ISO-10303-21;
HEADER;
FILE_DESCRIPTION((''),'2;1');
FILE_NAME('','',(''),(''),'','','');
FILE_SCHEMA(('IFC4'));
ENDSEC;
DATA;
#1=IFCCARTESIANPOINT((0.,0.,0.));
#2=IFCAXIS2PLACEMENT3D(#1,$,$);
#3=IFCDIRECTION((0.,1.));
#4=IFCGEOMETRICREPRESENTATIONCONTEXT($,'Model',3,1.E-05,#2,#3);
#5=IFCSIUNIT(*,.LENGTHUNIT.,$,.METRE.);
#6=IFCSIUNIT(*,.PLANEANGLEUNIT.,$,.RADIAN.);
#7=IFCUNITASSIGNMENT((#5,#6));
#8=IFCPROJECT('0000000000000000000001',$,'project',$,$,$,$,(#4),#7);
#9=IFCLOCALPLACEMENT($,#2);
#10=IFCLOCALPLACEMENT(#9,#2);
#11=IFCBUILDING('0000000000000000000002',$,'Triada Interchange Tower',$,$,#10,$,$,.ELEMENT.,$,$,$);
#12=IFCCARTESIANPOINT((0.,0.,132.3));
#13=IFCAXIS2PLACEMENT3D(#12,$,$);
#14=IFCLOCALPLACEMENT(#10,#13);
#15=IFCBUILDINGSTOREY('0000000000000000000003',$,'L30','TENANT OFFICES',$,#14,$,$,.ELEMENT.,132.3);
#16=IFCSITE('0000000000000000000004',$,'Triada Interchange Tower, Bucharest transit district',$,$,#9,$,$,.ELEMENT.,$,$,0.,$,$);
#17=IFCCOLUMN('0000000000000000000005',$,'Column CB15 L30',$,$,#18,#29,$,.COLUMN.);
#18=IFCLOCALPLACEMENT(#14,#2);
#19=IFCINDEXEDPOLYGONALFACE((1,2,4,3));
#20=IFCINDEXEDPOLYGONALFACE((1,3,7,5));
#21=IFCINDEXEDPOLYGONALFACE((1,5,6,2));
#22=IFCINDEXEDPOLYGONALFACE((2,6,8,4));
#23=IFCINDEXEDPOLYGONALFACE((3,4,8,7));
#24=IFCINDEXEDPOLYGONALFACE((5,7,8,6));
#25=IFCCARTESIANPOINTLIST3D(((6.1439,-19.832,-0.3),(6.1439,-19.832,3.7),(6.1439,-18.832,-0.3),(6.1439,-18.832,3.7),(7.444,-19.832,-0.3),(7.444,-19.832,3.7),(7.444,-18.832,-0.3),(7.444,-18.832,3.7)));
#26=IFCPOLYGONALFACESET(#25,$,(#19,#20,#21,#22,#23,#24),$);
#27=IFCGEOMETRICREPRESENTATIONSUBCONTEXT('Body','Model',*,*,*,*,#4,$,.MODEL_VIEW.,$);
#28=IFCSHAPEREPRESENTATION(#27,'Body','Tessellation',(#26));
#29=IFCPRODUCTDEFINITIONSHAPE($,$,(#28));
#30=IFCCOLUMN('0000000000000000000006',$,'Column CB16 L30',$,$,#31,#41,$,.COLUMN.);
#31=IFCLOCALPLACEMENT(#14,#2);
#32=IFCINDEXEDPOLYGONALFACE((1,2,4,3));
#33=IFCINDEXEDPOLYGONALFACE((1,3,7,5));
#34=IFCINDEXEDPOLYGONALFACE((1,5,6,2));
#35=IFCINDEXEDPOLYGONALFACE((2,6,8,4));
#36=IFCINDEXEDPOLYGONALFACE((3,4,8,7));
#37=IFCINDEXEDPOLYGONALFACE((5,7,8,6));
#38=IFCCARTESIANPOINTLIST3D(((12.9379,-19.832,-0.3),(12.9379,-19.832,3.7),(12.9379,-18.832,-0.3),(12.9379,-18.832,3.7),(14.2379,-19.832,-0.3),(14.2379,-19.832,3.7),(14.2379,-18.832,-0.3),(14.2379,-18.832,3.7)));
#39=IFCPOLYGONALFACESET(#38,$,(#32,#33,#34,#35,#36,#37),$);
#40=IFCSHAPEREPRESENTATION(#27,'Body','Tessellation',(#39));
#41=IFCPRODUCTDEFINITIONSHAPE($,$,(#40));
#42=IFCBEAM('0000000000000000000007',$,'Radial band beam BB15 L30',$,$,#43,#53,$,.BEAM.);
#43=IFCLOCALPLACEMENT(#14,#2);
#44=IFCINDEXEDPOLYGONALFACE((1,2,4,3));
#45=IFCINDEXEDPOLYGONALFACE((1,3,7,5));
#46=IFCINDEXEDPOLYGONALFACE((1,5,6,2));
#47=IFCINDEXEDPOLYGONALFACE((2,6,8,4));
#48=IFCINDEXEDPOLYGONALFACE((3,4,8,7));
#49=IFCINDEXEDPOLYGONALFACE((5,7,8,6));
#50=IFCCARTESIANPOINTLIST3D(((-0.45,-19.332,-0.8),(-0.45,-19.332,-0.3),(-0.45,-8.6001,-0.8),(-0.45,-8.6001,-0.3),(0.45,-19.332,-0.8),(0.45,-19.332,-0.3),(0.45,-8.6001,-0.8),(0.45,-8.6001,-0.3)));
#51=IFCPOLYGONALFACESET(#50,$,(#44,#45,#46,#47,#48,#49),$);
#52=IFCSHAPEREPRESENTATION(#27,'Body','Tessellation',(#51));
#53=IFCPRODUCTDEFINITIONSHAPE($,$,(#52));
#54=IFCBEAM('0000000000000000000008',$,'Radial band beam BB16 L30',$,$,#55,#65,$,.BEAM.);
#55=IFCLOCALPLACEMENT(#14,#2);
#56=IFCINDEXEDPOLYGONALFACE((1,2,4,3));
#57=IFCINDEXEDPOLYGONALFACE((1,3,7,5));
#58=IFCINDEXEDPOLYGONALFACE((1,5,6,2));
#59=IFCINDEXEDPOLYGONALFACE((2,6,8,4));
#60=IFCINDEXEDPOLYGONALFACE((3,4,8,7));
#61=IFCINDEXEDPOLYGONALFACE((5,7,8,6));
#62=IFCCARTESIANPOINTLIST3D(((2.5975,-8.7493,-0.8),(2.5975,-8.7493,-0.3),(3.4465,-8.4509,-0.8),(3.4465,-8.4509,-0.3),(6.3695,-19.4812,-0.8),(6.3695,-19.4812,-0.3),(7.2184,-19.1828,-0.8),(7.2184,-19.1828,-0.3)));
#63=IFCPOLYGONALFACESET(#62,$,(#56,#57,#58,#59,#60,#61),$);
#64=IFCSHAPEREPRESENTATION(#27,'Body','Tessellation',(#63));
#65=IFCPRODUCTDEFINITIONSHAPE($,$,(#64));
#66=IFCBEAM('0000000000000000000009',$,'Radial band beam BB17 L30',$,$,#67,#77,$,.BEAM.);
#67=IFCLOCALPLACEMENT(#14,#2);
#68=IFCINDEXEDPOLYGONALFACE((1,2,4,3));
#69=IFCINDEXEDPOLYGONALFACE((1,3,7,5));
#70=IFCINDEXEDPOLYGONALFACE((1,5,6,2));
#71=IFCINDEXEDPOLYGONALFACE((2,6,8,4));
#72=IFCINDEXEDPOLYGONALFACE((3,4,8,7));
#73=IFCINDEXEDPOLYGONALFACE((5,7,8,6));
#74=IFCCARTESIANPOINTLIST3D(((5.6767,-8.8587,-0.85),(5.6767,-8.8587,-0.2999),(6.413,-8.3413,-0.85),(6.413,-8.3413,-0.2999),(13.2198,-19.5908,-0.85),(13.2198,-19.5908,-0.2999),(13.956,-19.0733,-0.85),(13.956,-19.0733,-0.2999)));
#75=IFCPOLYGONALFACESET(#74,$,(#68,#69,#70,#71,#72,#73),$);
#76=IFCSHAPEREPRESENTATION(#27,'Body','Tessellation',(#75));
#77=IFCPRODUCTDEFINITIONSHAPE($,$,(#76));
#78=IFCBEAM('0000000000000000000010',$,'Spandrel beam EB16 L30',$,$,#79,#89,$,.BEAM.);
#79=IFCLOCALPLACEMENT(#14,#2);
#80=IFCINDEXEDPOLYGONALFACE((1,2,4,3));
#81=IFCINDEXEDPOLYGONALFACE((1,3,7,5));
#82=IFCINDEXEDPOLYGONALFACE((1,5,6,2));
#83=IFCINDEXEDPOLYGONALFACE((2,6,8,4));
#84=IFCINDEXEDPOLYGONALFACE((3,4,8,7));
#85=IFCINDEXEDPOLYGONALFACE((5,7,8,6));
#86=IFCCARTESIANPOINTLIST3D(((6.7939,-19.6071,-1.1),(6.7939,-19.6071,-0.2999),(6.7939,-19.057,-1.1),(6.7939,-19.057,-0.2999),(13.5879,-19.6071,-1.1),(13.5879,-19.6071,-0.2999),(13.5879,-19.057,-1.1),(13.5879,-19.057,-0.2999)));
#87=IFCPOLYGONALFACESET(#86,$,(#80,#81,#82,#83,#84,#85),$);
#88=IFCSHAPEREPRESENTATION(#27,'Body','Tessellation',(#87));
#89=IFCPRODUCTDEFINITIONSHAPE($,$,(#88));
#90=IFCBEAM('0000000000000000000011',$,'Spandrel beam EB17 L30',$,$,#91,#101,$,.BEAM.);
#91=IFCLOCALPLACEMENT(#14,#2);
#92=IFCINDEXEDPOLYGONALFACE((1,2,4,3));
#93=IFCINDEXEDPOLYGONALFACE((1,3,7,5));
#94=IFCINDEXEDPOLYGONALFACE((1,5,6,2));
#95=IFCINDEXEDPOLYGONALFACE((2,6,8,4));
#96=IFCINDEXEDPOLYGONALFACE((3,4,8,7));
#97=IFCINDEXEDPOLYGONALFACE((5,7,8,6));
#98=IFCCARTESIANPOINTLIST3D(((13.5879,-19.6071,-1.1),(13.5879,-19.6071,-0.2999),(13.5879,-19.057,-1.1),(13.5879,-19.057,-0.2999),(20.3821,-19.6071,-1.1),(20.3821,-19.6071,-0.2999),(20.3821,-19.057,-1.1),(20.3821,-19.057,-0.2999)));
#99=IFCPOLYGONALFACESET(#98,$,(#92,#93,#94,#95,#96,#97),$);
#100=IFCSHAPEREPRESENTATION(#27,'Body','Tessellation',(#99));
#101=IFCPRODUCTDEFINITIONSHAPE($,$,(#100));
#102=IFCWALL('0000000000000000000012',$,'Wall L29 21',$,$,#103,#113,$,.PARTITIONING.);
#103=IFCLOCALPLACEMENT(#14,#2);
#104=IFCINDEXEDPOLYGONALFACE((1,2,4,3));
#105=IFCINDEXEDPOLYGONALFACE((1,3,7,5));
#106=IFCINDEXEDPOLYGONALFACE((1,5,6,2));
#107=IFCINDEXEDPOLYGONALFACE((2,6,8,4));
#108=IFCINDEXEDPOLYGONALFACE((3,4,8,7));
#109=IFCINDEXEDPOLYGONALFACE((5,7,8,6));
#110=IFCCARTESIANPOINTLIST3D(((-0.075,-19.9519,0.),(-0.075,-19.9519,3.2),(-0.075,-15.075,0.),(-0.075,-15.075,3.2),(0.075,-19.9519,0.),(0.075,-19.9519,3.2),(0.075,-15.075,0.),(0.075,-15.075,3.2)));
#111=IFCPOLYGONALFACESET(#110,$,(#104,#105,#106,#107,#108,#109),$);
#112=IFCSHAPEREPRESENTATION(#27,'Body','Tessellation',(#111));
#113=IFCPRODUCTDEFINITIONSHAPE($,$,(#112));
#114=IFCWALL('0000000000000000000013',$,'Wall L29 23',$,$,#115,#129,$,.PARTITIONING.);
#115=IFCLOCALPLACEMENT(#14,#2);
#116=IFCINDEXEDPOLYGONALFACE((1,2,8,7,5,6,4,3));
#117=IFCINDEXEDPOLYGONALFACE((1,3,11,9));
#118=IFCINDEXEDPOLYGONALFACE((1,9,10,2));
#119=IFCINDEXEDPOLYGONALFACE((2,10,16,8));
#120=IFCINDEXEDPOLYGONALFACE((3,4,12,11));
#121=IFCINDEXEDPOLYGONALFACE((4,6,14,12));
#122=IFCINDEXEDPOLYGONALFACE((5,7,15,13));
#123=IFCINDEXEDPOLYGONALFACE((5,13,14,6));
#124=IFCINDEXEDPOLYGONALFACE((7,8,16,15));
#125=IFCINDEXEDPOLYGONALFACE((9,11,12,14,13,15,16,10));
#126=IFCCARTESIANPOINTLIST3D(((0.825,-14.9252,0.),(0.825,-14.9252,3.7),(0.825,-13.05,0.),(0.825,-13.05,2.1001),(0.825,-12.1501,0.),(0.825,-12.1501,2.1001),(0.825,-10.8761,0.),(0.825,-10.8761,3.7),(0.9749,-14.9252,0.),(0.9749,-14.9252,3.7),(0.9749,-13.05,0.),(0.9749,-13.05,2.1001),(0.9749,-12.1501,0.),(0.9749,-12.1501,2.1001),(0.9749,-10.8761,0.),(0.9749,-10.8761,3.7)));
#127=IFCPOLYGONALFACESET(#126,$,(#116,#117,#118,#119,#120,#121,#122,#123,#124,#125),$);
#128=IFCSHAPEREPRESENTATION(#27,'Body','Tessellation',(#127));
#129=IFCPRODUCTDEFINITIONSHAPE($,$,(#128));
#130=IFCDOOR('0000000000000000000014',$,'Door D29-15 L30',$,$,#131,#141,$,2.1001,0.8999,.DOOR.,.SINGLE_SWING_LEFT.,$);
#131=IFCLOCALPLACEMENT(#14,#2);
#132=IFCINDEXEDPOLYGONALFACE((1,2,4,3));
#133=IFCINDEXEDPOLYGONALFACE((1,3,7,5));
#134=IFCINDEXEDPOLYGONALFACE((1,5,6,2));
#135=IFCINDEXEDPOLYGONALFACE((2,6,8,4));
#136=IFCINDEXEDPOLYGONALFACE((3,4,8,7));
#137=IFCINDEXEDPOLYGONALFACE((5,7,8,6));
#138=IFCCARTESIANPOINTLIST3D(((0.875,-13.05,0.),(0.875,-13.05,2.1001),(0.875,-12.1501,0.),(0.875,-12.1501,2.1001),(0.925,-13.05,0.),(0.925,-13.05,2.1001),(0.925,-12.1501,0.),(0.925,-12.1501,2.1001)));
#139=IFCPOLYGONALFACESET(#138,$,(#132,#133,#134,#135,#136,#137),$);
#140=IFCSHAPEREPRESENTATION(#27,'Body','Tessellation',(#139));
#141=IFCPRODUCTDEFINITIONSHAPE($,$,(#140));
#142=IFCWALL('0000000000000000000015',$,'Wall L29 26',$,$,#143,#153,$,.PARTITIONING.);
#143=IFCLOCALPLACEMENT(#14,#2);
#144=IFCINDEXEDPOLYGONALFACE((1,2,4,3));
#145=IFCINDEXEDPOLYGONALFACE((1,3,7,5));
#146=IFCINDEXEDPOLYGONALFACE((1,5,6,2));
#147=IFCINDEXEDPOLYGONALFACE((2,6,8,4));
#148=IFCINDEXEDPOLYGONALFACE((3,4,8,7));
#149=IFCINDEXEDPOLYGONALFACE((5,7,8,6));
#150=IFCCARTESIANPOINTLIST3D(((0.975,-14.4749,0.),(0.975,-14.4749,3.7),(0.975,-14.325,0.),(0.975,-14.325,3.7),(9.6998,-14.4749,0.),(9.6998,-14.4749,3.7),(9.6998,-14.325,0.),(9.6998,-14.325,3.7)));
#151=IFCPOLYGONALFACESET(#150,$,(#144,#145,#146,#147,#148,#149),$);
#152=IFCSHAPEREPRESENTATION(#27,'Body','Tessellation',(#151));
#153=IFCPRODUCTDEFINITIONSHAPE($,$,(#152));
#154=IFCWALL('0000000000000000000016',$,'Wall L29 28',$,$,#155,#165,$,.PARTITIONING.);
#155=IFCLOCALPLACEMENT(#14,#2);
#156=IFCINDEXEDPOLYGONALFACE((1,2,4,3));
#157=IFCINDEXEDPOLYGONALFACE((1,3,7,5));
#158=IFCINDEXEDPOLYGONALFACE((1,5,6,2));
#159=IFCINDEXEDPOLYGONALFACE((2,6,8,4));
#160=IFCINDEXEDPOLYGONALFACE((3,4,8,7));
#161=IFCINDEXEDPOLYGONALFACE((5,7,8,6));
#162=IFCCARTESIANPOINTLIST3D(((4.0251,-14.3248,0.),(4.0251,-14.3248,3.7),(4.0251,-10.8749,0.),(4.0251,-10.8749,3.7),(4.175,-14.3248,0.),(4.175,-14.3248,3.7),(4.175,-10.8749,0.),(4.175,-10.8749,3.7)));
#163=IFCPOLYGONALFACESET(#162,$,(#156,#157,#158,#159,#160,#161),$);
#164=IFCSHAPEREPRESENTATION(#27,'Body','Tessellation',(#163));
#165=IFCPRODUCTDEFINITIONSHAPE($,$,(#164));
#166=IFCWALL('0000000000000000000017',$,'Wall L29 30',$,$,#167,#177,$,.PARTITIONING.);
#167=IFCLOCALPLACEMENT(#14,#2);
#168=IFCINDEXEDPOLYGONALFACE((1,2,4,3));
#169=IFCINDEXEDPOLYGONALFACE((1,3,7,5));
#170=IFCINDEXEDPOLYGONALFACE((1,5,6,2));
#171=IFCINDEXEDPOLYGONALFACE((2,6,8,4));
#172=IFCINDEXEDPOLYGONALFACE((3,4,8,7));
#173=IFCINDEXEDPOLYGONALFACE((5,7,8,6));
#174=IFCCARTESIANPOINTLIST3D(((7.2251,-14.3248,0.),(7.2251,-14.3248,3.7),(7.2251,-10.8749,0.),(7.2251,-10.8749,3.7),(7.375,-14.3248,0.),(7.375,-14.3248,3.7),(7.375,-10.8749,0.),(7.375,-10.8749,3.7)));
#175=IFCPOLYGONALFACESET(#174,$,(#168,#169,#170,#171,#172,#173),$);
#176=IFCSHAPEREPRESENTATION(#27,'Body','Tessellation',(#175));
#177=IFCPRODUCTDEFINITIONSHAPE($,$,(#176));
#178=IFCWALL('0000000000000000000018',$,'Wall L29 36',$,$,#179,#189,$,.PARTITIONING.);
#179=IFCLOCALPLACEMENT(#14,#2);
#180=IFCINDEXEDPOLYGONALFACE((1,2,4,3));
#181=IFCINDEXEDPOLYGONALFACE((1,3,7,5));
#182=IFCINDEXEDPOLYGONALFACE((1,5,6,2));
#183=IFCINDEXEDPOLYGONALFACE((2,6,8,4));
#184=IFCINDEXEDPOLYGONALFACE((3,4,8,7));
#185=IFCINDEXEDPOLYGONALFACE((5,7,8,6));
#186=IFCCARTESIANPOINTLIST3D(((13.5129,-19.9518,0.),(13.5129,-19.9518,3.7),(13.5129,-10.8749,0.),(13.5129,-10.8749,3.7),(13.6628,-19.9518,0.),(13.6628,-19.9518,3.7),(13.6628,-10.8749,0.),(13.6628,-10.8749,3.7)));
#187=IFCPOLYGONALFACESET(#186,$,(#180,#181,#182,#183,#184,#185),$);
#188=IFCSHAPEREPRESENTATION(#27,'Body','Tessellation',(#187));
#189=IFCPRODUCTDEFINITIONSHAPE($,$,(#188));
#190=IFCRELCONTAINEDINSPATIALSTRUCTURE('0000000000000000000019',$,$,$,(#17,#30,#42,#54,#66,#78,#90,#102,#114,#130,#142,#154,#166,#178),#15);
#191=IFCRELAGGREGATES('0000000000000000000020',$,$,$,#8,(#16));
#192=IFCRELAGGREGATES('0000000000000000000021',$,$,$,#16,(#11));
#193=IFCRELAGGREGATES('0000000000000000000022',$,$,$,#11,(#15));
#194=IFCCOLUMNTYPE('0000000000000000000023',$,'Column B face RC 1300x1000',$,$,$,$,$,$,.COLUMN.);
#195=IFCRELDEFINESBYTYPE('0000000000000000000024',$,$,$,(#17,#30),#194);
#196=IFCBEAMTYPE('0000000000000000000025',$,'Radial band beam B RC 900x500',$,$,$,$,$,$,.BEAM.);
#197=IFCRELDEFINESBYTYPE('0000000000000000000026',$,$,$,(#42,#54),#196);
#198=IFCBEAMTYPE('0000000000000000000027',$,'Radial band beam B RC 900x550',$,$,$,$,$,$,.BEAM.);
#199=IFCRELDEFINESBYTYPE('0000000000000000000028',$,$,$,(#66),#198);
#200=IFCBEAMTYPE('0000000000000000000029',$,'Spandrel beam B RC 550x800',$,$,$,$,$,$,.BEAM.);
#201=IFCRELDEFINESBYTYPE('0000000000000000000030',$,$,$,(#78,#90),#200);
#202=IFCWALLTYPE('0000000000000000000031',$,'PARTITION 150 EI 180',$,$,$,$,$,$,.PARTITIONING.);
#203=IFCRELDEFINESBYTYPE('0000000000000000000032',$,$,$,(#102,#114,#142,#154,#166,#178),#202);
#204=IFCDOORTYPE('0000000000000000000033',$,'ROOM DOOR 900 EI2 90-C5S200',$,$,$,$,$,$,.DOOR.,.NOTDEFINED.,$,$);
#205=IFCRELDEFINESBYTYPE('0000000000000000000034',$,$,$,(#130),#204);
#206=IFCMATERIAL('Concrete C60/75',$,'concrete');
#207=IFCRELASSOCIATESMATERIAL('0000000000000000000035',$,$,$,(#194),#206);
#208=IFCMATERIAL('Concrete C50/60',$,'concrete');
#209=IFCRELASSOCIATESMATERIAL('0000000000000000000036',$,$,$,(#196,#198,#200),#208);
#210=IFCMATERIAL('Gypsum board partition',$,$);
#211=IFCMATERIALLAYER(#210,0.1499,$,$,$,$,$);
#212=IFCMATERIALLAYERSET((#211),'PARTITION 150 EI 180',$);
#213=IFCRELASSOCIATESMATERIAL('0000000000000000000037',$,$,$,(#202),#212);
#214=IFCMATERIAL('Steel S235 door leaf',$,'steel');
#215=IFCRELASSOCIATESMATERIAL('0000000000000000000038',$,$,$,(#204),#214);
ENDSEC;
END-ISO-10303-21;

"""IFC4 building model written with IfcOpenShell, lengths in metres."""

from ifc_helpers import new_model, si_unit, direction, frame, frame_2d, origin, origin_2d, place, context, subcontext, project, spatial, rectangle, extrude, material, layer, layer_set, material_profile, profile_set, type_object, element, fill, save


model = new_model("IFC4")

# Units and contexts
model_context = context("Model", 3, precision=1e-05, world=origin(), true_north=direction((0.0, 1.0)))
body_context = subcontext(model_context, "Body", "Model", "MODEL_VIEW")
ifc_project = project(units=[si_unit("LENGTHUNIT", "METRE"), si_unit("PLANEANGLEUNIT", "RADIAN")], contexts=[model_context])

# Site, building, storey
site_placement = place(None, origin())
site = spatial("IfcSite", under=ifc_project, at=site_placement, Name="Triada Interchange Tower, Bucharest transit district", CompositionType="ELEMENT", RefElevation=0.0)
building_placement = place(site_placement, origin())
building = spatial("IfcBuilding", under=site, at=building_placement, Name="Triada Interchange Tower", CompositionType="ELEMENT")
storey_placement = place(building_placement, frame((0.0, 0.0, 132.3)))
storey = spatial("IfcBuildingStorey", under=building, at=storey_placement, Name="L30", Description="TENANT OFFICES", CompositionType="ELEMENT", Elevation=132.3)

# Columns
ifc_material_1 = material(Name="Concrete C60/75", Category="concrete")
ifc_material_profile_1 = material_profile(ifc_material_1, rectangle(XDim=1.3, YDim=1.0, at=origin_2d()), Name="RC 1300x1000")
ifc_profile_set_1 = profile_set([ifc_material_profile_1], Name="Concrete C60/75")
column_type = type_object("IfcColumnType", Name="Column B face RC 1300x1000", PredefinedType="COLUMN", material=ifc_profile_set_1)
for number, where, z_axis, x_axis, name in (
    (1, (6.7939, -19.332, -0.3), (0.0, 0.0, 1.0), (1.0, 0.0, 0.0), "Column CB15 L30"),
    (2, (13.5879, -19.332, -0.3), (0.0, 0.0, 1.0), (1.0, 0.0, 0.0), "Column CB16 L30"),
):
    element("IfcColumn", number, at=place(storey_placement, frame(where, z_axis=z_axis, x_axis=x_axis)), inside=storey, type_object=column_type, Name=name, PredefinedType="COLUMN", context=body_context, shape_type="SweptSolid", body=[
        extrude(rectangle(XDim=1.3, YDim=1.0, at=origin_2d()), origin(), (0.0, 0.0, 1.0), 4.0),
    ])

# Beams
ifc_material_2 = material(Name="Concrete C50/60", Category="concrete")
ifc_material_profile_2 = material_profile(ifc_material_2, rectangle(XDim=0.8999, YDim=0.5, at=origin_2d()), Name="RC 900x500")
ifc_profile_set_2 = profile_set([ifc_material_profile_2], Name="Concrete C50/60")
beam_type_1 = type_object("IfcBeamType", Name="Radial band beam B RC 900x500", PredefinedType="BEAM", material=ifc_profile_set_2)
beam_1_placement = place(storey_placement, frame((0.0, -19.332, -0.55), z_axis=(0.0, 1.0, 0.0), x_axis=(-1.0, 0.0, 0.0)))
element("IfcBeam", 3, at=beam_1_placement, inside=storey, type_object=beam_type_1, Name="Radial band beam BB15 L30", PredefinedType="BEAM", context=body_context, shape_type="SweptSolid", body=[
    extrude(rectangle(XDim=0.8999, YDim=0.5, at=origin_2d()), origin(), (0.0, 0.0, 1.0), 10.7319),
])
beam_2_placement = place(storey_placement, frame((6.7939, -19.332, -0.55), z_axis=(-0.331587, 0.943425, 0.0), x_axis=(-0.943425, -0.331587, 0.0)))
element("IfcBeam", 4, at=beam_2_placement, inside=storey, type_object=beam_type_1, Name="Radial band beam BB16 L30", PredefinedType="BEAM", context=body_context, shape_type="SweptSolid", body=[
    extrude(rectangle(XDim=0.8999, YDim=0.5, at=origin_2d()), origin(), (0.0, 0.0, 1.0), 11.3755),
])
ifc_material_profile_3 = material_profile(ifc_material_2, rectangle(XDim=0.8999, YDim=0.55, at=origin_2d()), Name="RC 900x550")
ifc_profile_set_3 = profile_set([ifc_material_profile_3], Name="Concrete C50/60")
beam_type_2 = type_object("IfcBeamType", Name="Radial band beam B RC 900x550", PredefinedType="BEAM", material=ifc_profile_set_3)
beam_3_placement = place(storey_placement, frame((13.5879, -19.332, -0.575), z_axis=(-0.575028, 0.818134, 0.0), x_axis=(-0.818134, -0.575028, 0.0)))
element("IfcBeam", 5, at=beam_3_placement, inside=storey, type_object=beam_type_2, Name="Radial band beam BB17 L30", PredefinedType="BEAM", context=body_context, shape_type="SweptSolid", body=[
    extrude(rectangle(XDim=0.8999, YDim=0.55, at=origin_2d()), origin(), (0.0, 0.0, 1.0), 13.1177),
])
ifc_material_profile_4 = material_profile(ifc_material_2, rectangle(XDim=0.55, YDim=0.8, at=origin_2d()), Name="RC 550x800")
ifc_profile_set_4 = profile_set([ifc_material_profile_4], Name="Concrete C50/60")
beam_type_3 = type_object("IfcBeamType", Name="Spandrel beam B RC 550x800", PredefinedType="BEAM", material=ifc_profile_set_4)
beam_4_placement = place(storey_placement, frame((6.7939, -19.332, -0.7), z_axis=(1.0, 0.0, 0.0), x_axis=(0.0, 1.0, 0.0)))
element("IfcBeam", 6, at=beam_4_placement, inside=storey, type_object=beam_type_3, Name="Spandrel beam EB16 L30", PredefinedType="BEAM", context=body_context, shape_type="SweptSolid", body=[
    extrude(rectangle(XDim=0.55, YDim=0.8, at=origin_2d()), origin(), (0.0, 0.0, 1.0), 6.7939),
])
beam_5_placement = place(storey_placement, frame((13.5879, -19.332, -0.7), z_axis=(1.0, 0.0, 0.0), x_axis=(0.0, 1.0, 0.0)))
element("IfcBeam", 7, at=beam_5_placement, inside=storey, type_object=beam_type_3, Name="Spandrel beam EB17 L30", PredefinedType="BEAM", context=body_context, shape_type="SweptSolid", body=[
    extrude(rectangle(XDim=0.55, YDim=0.8, at=origin_2d()), origin(), (0.0, 0.0, 1.0), 6.7942),
])

# Wall
ifc_material_3 = material(Name="Gypsum board partition")
ifc_layer_1 = layer(ifc_material_3, 0.1499)
ifc_layer_set_1 = layer_set([ifc_layer_1], Name="PARTITION 150 EI 180")
wall_type = type_object("IfcWallType", Name="PARTITION 150 EI 180", PredefinedType="PARTITIONING", material=ifc_layer_set_1)
wall_1_placement = place(storey_placement, frame((0.0, -19.9519, 0.0), z_axis=(0.0, 0.0, 1.0), x_axis=(0.0, 1.0, 0.0)))
element("IfcWall", 8, at=wall_1_placement, inside=storey, type_object=wall_type, Name="Wall L29 21", PredefinedType="PARTITIONING", context=body_context, shape_type="SweptSolid", body=[
    extrude(rectangle(XDim=4.877, YDim=0.1499, at=frame_2d((2.4385, 0.0))), origin(), (0.0, 0.0, 1.0), 3.2),
])

# Wall, opening, door
wall_2_placement = place(storey_placement, frame((0.8999, -14.925, 0.0), z_axis=(0.0, 0.0, 1.0), x_axis=(0.0, 1.0, 0.0)))
wall_2 = element("IfcWall", 9, at=wall_2_placement, inside=storey, type_object=wall_type, Name="Wall L29 23", PredefinedType="PARTITIONING", context=body_context, shape_type="SweptSolid", body=[
    extrude(rectangle(XDim=4.0491, YDim=0.1499, at=frame_2d((2.0244, 0.0))), origin(), (0.0, 0.0, 1.0), 3.7),
])
opening_placement = place(wall_2_placement, frame((1.875, 0.0, 0.0)))
opening = element("IfcOpeningElement", 10, at=opening_placement, cuts=wall_2, PredefinedType="OPENING", context=body_context, shape_type="SweptSolid", body=[
    extrude(rectangle(XDim=0.8999, YDim=2.1001, at=frame_2d((0.45, 1.05))), frame((0.0, 0.085, 0.0), z_axis=(0.0, -1.0, 0.0), x_axis=(1.0, 0.0, 0.0)), (0.0, 0.0, 1.0), 0.1699),
])
ifc_material_4 = material(Name="Steel S235 door leaf", Category="steel")
door_type = type_object("IfcDoorType", Name="ROOM DOOR 900 EI2 90-C5S200", OperationType="NOTDEFINED", PredefinedType="DOOR", material=ifc_material_4)
door_placement = place(opening_placement, origin())
door = element("IfcDoor", 11, at=door_placement, inside=storey, type_object=door_type, Name="Door D29-15 L30", OperationType="SINGLE_SWING_LEFT", OverallHeight=2.1001, OverallWidth=0.8999, PredefinedType="DOOR", context=body_context, shape_type="SweptSolid", body=[
    extrude(rectangle(XDim=0.8999, YDim=2.1001, at=frame_2d((0.45, 1.05))), frame((0.0, 0.0249, 0.0), z_axis=(0.0, -1.0, 0.0), x_axis=(1.0, 0.0, 0.0)), (0.0, 0.0, 1.0), 0.05),
])
fill(opening, door)

# Walls
wall_3_placement = place(storey_placement, frame((0.9751, -14.3999, 0.0), z_axis=(0.0, 0.0, 1.0), x_axis=(1.0, 0.0, 0.0)))
element("IfcWall", 12, at=wall_3_placement, inside=storey, type_object=wall_type, Name="Wall L29 26", PredefinedType="PARTITIONING", context=body_context, shape_type="SweptSolid", body=[
    extrude(rectangle(XDim=8.7249, YDim=0.1499, at=frame_2d((4.3623, 0.0))), origin(), (0.0, 0.0, 1.0), 3.7),
])
for number, where, z_axis, x_axis, name in (
    (13, (4.1001, -14.325, 0.0), (0.0, 0.0, 1.0), (0.0, 1.0, 0.0), "Wall L29 28"),
    (14, (7.3, -14.325, 0.0), (0.0, 0.0, 1.0), (0.0, 1.0, 0.0), "Wall L29 30"),
):
    element("IfcWall", number, at=place(storey_placement, frame(where, z_axis=z_axis, x_axis=x_axis)), inside=storey, type_object=wall_type, Name=name, PredefinedType="PARTITIONING", context=body_context, shape_type="SweptSolid", body=[
        extrude(rectangle(XDim=3.45, YDim=0.1499, at=frame_2d((1.7251, 0.0))), origin(), (0.0, 0.0, 1.0), 3.7),
    ])
wall_4_placement = place(storey_placement, frame((13.5879, -19.9519, 0.0), z_axis=(0.0, 0.0, 1.0), x_axis=(0.0, 1.0, 0.0)))
element("IfcWall", 15, at=wall_4_placement, inside=storey, type_object=wall_type, Name="Wall L29 36", PredefinedType="PARTITIONING", context=body_context, shape_type="SweptSolid", body=[
    extrude(rectangle(XDim=9.0769, YDim=0.1499, at=frame_2d((4.5386, 0.0))), origin(), (0.0, 0.0, 1.0), 3.7),
])

save(model, "model.ifc")
